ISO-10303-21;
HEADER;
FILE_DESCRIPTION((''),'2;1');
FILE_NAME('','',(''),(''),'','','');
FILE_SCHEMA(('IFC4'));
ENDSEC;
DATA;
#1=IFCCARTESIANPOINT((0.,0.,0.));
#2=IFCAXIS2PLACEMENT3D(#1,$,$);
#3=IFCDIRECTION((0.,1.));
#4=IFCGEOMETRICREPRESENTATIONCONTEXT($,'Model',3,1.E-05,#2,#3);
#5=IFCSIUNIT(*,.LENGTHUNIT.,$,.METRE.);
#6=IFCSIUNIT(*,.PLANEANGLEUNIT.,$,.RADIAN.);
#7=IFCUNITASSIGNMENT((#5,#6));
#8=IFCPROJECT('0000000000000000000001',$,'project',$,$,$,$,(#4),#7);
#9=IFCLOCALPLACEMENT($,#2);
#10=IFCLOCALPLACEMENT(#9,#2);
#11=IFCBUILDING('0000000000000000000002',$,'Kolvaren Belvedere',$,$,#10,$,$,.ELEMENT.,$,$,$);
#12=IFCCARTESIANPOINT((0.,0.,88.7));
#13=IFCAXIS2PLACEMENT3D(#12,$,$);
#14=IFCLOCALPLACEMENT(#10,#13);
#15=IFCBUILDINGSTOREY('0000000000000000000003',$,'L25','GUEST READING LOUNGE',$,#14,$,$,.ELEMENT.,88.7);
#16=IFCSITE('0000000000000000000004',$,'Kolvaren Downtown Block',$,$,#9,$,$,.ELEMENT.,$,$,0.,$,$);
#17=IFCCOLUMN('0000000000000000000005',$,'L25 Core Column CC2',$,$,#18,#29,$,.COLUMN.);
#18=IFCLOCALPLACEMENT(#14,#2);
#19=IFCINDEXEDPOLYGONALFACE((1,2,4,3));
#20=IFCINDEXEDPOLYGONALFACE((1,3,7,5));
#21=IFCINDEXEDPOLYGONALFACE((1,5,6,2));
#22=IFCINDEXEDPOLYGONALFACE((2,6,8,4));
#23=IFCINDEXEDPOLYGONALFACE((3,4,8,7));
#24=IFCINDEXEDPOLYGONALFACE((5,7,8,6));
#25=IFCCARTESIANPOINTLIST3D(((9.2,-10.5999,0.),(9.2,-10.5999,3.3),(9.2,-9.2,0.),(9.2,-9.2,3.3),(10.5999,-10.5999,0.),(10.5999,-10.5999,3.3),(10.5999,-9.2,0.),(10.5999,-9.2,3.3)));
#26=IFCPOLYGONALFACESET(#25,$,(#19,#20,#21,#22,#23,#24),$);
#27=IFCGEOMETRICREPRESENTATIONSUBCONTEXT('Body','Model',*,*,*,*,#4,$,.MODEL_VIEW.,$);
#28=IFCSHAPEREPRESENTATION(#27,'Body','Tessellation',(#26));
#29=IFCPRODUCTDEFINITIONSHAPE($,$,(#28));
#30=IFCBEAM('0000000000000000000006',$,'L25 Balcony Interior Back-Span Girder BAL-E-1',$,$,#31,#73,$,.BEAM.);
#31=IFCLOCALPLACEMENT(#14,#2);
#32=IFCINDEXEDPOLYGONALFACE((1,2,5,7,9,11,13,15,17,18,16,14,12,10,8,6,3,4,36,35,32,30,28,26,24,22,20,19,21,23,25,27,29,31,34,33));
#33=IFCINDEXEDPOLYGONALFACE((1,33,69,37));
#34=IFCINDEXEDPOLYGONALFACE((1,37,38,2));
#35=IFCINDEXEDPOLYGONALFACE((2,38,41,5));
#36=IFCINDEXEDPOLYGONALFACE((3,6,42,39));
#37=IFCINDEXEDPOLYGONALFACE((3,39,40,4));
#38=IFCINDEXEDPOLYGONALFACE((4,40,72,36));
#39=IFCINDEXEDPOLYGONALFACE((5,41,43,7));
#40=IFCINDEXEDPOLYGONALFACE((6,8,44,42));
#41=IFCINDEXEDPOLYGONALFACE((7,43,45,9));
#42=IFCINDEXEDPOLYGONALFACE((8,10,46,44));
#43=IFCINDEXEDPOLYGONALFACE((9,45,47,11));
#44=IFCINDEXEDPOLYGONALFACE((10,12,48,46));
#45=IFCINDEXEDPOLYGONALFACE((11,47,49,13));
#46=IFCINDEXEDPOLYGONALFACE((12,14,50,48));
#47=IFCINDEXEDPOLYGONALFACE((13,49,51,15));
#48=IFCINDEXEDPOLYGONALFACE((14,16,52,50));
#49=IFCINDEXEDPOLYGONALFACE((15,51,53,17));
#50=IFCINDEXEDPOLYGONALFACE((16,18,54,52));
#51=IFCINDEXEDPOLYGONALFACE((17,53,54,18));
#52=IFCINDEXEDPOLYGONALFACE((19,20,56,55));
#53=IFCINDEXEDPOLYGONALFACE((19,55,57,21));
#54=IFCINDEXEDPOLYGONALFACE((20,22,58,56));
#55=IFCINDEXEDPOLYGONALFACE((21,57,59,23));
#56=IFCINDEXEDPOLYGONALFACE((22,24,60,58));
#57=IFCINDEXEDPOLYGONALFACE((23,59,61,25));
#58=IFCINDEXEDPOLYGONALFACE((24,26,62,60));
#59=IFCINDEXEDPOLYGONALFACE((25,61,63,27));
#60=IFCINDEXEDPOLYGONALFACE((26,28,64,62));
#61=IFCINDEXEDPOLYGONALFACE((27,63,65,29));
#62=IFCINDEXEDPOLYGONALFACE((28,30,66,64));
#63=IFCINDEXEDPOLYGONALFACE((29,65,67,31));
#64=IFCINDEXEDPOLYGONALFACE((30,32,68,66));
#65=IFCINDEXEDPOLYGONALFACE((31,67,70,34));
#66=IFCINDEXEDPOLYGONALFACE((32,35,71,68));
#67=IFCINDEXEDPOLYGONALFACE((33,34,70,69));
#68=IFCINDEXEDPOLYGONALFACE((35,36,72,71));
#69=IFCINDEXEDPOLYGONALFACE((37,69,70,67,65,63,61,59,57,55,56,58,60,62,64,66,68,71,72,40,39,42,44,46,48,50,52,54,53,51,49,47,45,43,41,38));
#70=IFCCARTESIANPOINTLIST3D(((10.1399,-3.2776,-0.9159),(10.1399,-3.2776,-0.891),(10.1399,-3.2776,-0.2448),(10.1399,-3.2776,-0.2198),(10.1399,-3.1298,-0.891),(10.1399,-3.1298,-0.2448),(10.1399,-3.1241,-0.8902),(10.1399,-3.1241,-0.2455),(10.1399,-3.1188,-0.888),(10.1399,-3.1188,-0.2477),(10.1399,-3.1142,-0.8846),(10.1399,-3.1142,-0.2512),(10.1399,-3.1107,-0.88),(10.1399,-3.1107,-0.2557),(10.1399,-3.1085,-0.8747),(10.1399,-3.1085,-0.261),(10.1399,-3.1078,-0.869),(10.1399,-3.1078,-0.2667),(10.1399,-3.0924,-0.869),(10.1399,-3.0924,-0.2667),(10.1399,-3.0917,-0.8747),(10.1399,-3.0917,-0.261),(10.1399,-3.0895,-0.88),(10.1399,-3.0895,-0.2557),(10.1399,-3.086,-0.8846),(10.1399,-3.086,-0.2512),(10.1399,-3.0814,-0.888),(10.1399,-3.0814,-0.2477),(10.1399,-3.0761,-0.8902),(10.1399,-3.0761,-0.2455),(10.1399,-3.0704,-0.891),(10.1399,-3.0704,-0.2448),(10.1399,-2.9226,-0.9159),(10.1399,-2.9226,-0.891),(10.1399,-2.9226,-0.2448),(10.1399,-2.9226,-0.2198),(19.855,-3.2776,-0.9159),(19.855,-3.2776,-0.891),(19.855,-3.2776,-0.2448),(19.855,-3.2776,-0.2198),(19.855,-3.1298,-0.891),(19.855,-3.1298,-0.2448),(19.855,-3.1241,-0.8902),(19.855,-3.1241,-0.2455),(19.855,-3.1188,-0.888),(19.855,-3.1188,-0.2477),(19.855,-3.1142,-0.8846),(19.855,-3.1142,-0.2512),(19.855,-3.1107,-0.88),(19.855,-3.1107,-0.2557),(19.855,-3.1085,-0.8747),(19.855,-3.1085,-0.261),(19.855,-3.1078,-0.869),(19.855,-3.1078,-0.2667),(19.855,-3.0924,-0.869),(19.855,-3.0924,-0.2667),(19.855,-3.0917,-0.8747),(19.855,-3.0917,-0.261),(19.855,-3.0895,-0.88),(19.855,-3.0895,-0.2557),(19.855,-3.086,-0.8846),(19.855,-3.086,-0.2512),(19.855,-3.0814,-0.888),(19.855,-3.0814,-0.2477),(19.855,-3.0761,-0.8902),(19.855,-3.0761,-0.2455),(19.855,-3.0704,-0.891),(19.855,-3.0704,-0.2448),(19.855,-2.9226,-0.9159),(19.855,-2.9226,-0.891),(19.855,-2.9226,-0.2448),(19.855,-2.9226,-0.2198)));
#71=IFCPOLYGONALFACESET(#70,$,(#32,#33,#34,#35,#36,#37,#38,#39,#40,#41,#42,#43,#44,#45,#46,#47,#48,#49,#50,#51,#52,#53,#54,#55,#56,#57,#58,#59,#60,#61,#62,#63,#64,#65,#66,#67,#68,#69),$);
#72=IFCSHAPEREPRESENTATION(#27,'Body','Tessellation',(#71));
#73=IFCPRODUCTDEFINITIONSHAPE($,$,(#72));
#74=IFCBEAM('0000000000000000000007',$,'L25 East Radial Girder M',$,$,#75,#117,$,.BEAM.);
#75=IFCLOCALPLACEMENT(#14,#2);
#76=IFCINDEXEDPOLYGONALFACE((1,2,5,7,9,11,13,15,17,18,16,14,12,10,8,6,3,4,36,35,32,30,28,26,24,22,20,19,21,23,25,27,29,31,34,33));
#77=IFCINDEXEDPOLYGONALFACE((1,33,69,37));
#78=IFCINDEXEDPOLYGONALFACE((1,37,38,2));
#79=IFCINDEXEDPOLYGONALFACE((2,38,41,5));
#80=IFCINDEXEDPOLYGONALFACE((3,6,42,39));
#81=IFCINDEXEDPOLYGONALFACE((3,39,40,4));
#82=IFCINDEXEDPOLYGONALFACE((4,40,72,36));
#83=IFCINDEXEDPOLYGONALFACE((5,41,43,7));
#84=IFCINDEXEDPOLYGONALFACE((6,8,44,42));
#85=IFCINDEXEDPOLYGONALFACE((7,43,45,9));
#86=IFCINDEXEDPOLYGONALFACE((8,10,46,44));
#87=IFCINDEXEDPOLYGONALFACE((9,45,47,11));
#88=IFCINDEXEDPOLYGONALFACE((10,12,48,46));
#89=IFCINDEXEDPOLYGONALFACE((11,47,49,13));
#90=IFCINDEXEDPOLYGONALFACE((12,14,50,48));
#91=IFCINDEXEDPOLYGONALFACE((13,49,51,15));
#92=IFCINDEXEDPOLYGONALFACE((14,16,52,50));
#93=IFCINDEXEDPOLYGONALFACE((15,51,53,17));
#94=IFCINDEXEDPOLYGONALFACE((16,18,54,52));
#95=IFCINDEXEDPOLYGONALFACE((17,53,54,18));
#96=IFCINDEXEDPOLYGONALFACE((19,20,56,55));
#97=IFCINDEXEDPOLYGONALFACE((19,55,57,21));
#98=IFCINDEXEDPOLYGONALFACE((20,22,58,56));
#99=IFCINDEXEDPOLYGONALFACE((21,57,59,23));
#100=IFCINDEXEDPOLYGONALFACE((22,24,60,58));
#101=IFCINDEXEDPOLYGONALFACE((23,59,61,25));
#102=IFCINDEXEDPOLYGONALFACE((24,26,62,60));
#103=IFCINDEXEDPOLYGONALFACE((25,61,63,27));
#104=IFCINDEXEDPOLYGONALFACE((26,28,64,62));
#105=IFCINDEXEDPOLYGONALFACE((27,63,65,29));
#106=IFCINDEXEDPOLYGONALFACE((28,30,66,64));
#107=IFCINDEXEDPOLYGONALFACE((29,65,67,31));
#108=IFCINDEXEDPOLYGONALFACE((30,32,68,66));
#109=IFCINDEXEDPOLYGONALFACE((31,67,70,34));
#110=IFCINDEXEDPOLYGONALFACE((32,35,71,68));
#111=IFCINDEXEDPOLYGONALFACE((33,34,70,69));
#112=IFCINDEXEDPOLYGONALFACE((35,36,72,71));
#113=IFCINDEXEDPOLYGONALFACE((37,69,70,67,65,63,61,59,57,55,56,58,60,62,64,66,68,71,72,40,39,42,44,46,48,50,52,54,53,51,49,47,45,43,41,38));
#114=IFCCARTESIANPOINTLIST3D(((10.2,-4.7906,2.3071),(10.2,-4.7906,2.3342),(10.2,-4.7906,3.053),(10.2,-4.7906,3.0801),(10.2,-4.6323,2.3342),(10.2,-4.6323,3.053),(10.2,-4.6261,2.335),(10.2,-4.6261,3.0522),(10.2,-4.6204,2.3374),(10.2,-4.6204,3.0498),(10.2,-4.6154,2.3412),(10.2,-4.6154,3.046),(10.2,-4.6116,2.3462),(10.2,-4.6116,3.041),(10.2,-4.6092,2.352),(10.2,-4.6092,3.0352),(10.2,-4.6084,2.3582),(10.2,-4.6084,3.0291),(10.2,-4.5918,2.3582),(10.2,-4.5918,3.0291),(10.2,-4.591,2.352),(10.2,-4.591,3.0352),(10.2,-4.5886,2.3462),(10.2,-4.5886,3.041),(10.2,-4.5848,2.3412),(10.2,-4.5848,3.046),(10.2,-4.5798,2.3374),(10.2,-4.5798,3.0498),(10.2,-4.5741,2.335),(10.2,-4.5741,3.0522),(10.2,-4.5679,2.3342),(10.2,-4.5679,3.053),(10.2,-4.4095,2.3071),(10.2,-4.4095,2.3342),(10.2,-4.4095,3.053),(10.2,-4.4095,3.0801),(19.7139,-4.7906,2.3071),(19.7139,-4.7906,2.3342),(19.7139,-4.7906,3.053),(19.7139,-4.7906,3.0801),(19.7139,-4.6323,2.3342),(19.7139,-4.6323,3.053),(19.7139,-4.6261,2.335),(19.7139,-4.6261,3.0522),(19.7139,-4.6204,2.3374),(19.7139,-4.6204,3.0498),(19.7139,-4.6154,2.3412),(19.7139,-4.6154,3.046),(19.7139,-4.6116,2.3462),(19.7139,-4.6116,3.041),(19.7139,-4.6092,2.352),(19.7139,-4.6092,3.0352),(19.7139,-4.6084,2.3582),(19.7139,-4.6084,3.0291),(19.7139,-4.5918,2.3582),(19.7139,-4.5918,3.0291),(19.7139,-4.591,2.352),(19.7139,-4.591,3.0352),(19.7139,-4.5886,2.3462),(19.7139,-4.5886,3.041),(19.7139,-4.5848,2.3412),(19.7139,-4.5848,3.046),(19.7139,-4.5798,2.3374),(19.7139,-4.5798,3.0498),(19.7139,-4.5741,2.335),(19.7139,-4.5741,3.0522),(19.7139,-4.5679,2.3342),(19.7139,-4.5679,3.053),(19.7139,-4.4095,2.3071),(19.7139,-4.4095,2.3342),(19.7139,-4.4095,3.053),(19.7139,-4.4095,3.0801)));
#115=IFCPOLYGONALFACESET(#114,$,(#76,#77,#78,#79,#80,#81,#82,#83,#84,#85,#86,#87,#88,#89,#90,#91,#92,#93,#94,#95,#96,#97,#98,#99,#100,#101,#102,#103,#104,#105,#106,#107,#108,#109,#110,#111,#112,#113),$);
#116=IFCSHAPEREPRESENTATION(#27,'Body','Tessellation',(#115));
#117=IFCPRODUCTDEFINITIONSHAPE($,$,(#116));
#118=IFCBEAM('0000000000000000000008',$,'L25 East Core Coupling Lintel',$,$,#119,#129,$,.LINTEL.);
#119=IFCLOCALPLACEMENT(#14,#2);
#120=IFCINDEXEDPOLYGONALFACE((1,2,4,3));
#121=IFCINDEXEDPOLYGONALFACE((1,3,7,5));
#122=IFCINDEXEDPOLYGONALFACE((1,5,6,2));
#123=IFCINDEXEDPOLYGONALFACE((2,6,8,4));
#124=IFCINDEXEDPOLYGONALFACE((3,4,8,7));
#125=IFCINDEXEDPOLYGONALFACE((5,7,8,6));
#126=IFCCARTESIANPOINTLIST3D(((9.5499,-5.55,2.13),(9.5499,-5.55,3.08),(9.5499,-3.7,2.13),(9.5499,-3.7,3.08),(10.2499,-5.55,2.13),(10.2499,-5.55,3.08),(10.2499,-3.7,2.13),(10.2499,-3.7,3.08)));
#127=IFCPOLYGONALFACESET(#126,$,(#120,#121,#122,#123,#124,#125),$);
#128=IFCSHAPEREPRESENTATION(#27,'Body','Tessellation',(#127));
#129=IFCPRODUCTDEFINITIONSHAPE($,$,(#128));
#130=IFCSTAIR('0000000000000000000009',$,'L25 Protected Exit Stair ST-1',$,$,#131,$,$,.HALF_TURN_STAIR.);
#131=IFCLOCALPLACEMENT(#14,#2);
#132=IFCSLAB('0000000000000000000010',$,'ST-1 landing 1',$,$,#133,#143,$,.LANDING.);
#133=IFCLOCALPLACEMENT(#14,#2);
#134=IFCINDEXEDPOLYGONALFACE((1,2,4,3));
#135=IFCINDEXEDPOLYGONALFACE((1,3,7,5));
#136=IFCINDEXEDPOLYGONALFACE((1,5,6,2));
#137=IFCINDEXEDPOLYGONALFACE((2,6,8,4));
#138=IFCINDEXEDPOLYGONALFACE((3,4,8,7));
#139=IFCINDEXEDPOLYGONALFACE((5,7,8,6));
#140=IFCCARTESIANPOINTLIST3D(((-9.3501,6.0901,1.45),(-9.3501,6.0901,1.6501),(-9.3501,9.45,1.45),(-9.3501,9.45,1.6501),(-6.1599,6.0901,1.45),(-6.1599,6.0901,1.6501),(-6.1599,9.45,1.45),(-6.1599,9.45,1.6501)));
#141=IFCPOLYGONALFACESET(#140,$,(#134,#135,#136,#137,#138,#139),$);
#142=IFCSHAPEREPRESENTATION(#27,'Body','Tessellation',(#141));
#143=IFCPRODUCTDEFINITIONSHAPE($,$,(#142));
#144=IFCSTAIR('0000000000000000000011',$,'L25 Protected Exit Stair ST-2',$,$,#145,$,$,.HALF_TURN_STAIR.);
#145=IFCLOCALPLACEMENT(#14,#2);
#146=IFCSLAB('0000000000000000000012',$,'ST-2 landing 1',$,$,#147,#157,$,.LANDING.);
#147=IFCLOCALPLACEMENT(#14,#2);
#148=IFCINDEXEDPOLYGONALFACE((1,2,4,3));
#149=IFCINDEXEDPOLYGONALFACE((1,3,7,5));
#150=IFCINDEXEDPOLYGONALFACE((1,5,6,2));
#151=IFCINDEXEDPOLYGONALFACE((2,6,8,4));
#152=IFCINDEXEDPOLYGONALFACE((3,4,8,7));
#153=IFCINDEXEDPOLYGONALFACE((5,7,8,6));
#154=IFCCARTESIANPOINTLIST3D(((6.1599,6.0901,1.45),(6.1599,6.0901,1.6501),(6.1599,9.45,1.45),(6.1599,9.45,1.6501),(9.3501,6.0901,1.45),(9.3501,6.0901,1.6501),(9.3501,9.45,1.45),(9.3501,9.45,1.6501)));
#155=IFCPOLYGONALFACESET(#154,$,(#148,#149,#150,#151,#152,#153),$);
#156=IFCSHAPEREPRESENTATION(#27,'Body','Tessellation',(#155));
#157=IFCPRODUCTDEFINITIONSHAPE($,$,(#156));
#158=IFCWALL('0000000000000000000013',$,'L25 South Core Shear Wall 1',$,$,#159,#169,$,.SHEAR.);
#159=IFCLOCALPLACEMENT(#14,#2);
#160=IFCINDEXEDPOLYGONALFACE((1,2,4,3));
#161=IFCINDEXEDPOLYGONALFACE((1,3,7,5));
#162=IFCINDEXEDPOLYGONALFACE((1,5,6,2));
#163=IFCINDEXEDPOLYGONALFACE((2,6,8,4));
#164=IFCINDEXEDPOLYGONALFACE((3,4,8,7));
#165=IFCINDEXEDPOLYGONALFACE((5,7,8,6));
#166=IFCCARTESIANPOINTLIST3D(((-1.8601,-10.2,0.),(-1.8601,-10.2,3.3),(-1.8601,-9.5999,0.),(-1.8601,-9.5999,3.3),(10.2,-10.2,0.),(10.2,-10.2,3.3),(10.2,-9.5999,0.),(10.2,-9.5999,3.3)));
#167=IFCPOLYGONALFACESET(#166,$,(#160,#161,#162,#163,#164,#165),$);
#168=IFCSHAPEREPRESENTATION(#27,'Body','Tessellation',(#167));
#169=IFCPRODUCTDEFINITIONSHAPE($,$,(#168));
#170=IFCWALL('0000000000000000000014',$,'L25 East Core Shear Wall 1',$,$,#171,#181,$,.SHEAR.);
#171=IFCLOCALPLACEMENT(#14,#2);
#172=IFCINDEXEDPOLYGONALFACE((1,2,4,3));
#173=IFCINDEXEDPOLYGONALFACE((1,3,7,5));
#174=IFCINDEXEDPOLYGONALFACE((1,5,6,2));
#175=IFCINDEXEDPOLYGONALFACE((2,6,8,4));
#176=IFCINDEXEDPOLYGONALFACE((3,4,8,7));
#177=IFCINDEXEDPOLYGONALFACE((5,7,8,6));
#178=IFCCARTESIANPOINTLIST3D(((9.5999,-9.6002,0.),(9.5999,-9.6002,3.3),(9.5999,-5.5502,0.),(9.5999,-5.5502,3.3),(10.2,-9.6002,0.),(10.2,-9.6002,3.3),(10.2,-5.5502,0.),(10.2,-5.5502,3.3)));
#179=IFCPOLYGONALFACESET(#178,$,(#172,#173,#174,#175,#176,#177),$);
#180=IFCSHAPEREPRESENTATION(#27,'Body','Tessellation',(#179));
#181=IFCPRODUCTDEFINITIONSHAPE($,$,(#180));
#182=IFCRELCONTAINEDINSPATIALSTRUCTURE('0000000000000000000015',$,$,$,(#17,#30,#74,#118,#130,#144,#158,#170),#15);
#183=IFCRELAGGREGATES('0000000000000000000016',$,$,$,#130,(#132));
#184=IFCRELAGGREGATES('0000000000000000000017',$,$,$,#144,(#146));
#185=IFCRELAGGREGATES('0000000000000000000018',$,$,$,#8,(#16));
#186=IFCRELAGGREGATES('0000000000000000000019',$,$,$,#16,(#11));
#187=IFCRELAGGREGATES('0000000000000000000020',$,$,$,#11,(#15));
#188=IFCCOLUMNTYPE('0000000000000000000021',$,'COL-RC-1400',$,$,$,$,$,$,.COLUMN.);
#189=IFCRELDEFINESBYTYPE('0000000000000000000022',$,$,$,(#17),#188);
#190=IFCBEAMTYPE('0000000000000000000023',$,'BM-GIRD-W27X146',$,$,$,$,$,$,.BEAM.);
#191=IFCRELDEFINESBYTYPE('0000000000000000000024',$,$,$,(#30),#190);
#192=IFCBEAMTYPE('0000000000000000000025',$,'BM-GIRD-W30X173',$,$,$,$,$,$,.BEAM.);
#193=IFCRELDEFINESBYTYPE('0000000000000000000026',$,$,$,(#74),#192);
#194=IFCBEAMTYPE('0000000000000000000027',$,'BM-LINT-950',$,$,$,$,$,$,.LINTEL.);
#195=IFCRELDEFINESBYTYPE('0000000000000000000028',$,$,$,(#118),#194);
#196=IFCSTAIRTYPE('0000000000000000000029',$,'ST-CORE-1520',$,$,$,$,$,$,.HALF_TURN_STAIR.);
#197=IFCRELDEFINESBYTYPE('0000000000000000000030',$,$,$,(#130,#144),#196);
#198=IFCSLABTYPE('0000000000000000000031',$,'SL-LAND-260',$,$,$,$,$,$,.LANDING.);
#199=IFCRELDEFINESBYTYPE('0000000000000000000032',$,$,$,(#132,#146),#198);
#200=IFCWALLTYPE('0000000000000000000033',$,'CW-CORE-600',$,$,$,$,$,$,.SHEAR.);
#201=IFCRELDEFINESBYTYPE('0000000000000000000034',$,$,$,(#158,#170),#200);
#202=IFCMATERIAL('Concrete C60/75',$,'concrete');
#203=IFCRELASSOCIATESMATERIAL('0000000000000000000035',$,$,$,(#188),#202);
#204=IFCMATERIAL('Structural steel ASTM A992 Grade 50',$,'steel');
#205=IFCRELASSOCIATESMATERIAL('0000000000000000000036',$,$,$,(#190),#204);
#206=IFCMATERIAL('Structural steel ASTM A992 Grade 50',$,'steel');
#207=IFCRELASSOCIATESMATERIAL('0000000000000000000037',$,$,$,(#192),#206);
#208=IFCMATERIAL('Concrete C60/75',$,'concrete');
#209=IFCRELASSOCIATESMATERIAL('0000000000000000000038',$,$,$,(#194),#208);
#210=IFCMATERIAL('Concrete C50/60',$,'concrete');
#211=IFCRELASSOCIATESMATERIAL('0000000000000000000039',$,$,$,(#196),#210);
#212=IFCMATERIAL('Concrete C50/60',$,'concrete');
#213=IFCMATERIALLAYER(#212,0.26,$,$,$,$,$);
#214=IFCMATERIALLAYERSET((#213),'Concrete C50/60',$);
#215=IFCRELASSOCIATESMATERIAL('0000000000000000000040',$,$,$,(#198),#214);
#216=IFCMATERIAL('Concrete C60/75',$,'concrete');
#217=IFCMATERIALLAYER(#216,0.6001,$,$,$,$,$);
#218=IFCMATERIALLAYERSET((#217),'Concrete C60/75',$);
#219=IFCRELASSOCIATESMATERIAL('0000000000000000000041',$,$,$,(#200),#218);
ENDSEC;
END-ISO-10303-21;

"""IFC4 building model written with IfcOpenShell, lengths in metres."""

from ifc_helpers import new_model, si_unit, direction, frame, frame_2d, origin, origin_2d, place, context, subcontext, project, spatial, polyline, rectangle, i_section, outline, extrude, material, layer, layer_set, material_profile, profile_set, type_object, element, aggregate, save


model = new_model("IFC4")

# Units and contexts
model_context = context("Model", 3, precision=1e-05, world=origin(), true_north=direction((0.0, 1.0)))
body_context = subcontext(model_context, "Body", "Model", "MODEL_VIEW")
ifc_project = project(units=[si_unit("LENGTHUNIT", "METRE"), si_unit("PLANEANGLEUNIT", "RADIAN")], contexts=[model_context])

# Site, building, storey
site_placement = place(None, origin())
site = spatial("IfcSite", under=ifc_project, at=site_placement, Name="Kolvaren Downtown Block", CompositionType="ELEMENT", RefElevation=0.0)
building_placement = place(site_placement, origin())
building = spatial("IfcBuilding", under=site, at=building_placement, Name="Kolvaren Belvedere", CompositionType="ELEMENT")
storey_placement = place(building_placement, frame((0.0, 0.0, 88.7)))
storey = spatial("IfcBuildingStorey", under=building, at=storey_placement, Name="L25", Description="GUEST READING LOUNGE", CompositionType="ELEMENT", Elevation=88.7)

# Column
ifc_material_1 = material(Name="Concrete C60/75", Category="concrete")
ifc_material_profile_1 = material_profile(ifc_material_1, rectangle(XDim=1.3999, YDim=1.3999, at=origin_2d()), Name="RC 1400X1400")
ifc_profile_set_1 = profile_set([ifc_material_profile_1], Name="Concrete C60/75")
column_type = type_object("IfcColumnType", Name="COL-RC-1400", PredefinedType="COLUMN", material=ifc_profile_set_1)
column_placement = place(storey_placement, frame((9.8999, -9.8999, 0.0), z_axis=(0.0, 0.0, 1.0), x_axis=(1.0, 0.0, 0.0)))
element("IfcColumn", 1, at=column_placement, inside=storey, type_object=column_type, Name="L25 Core Column CC2", PredefinedType="COLUMN", context=body_context, shape_type="SweptSolid", body=[
    extrude(rectangle(XDim=1.3999, YDim=1.3999, at=origin_2d()), origin(), (0.0, 0.0, 1.0), 3.3),
])

# Beams
ifc_material_2 = material(Name="Structural steel ASTM A992 Grade 50", Category="steel")
ifc_material_profile_2 = material_profile(ifc_material_2, i_section(OverallWidth=0.355, OverallDepth=0.696, WebThickness=0.0154, FlangeThickness=0.0249, FilletRadius=0.022, at=origin_2d()), Name="W27X146")
ifc_profile_set_2 = profile_set([ifc_material_profile_2], Name="Structural steel ASTM A992 Grade 50")
beam_type_1 = type_object("IfcBeamType", Name="BM-GIRD-W27X146", PredefinedType="BEAM", material=ifc_profile_set_2)
beam_1_placement = place(storey_placement, frame((10.1399, -3.1001, -0.5679), z_axis=(1.0, 0.0, 0.0), x_axis=(0.0, 1.0, 0.0)))
element("IfcBeam", 2, at=beam_1_placement, inside=storey, type_object=beam_type_1, Name="L25 Balcony Interior Back-Span Girder BAL-E-1", PredefinedType="BEAM", context=body_context, shape_type="SweptSolid", body=[
    extrude(i_section(OverallWidth=0.355, OverallDepth=0.696, WebThickness=0.0154, FlangeThickness=0.0249, FilletRadius=0.022, at=origin_2d()), origin(), (0.0, 0.0, 1.0), 9.7151),
])
ifc_material_3 = material(Name="Structural steel ASTM A992 Grade 50", Category="steel")
ifc_material_profile_3 = material_profile(ifc_material_3, i_section(OverallWidth=0.3811, OverallDepth=0.7729, WebThickness=0.0166, FlangeThickness=0.0271, FilletRadius=0.0239, at=origin_2d()), Name="W30X173")
ifc_profile_set_3 = profile_set([ifc_material_profile_3], Name="Structural steel ASTM A992 Grade 50")
beam_type_2 = type_object("IfcBeamType", Name="BM-GIRD-W30X173", PredefinedType="BEAM", material=ifc_profile_set_3)
beam_2_placement = place(storey_placement, frame((10.2, -4.6001, 2.6936), z_axis=(1.0, 0.0, 0.0), x_axis=(0.0, 1.0, 0.0)))
element("IfcBeam", 3, at=beam_2_placement, inside=storey, type_object=beam_type_2, Name="L25 East Radial Girder M", PredefinedType="BEAM", context=body_context, shape_type="SweptSolid", body=[
    extrude(i_section(OverallWidth=0.3811, OverallDepth=0.7729, WebThickness=0.0166, FlangeThickness=0.0271, FilletRadius=0.0239, at=origin_2d()), origin(), (0.0, 0.0, 1.0), 9.5139),
])
ifc_material_4 = material(Name="Concrete C60/75", Category="concrete")
ifc_material_profile_4 = material_profile(ifc_material_4, rectangle(XDim=0.7, YDim=0.95, at=origin_2d()), Name="RC 700X950")
ifc_profile_set_4 = profile_set([ifc_material_profile_4], Name="Concrete C60/75")
beam_type_3 = type_object("IfcBeamType", Name="BM-LINT-950", PredefinedType="LINTEL", material=ifc_profile_set_4)
beam_3_placement = place(storey_placement, frame((9.8999, -5.55, 2.605), z_axis=(0.0, 1.0, 0.0), x_axis=(-1.0, 0.0, 0.0)))
element("IfcBeam", 4, at=beam_3_placement, inside=storey, type_object=beam_type_3, Name="L25 East Core Coupling Lintel", PredefinedType="LINTEL", context=body_context, shape_type="SweptSolid", body=[
    extrude(rectangle(XDim=0.7, YDim=0.95, at=origin_2d()), origin(), (0.0, 0.0, 1.0), 1.8501),
])

# Stairs, slabs
ifc_material_5 = material(Name="Concrete C50/60", Category="concrete")
stair_type = type_object("IfcStairType", Name="ST-CORE-1520", PredefinedType="HALF_TURN_STAIR", material=ifc_material_5)
stair_1_placement = place(storey_placement, origin())
stair_1 = element("IfcStair", 5, at=stair_1_placement, inside=storey, type_object=stair_type, Name="L25 Protected Exit Stair ST-1", PredefinedType="HALF_TURN_STAIR")
ifc_material_6 = material(Name="Concrete C50/60", Category="concrete")
ifc_layer_1 = layer(ifc_material_6, 0.26)
ifc_layer_set_1 = layer_set([ifc_layer_1], Name="Concrete C50/60")
slab_type = type_object("IfcSlabType", Name="SL-LAND-260", PredefinedType="LANDING", material=ifc_layer_set_1)
slab_1_placement = place(storey_placement, frame((0.0, 0.0, 1.45)))
slab_1 = element("IfcSlab", 6, at=slab_1_placement, type_object=slab_type, Name="ST-1 landing 1", PredefinedType="LANDING", context=body_context, shape_type="SweptSolid", body=[
    extrude(outline(polyline([(-6.1599, 6.0901), (-6.1599, 9.45), (-9.3501, 9.45), (-9.3501, 6.0901), (-6.1599, 6.0901)])), origin(), (0.0, 0.0, 1.0), 0.2002),
])
aggregate(stair_1, [slab_1])
stair_2_placement = place(storey_placement, origin())
stair_2 = element("IfcStair", 7, at=stair_2_placement, inside=storey, type_object=stair_type, Name="L25 Protected Exit Stair ST-2", PredefinedType="HALF_TURN_STAIR")
slab_2_placement = place(storey_placement, frame((0.0, 0.0, 1.45)))
slab_2 = element("IfcSlab", 8, at=slab_2_placement, type_object=slab_type, Name="ST-2 landing 1", PredefinedType="LANDING", context=body_context, shape_type="SweptSolid", body=[
    extrude(outline(polyline([(9.3501, 6.0901), (9.3501, 9.45), (6.1599, 9.45), (6.1599, 6.0901), (9.3501, 6.0901)])), origin(), (0.0, 0.0, 1.0), 0.2002),
])
aggregate(stair_2, [slab_2])

# Walls
ifc_material_7 = material(Name="Concrete C60/75", Category="concrete")
ifc_layer_2 = layer(ifc_material_7, 0.6001)
ifc_layer_set_2 = layer_set([ifc_layer_2], Name="Concrete C60/75")
wall_type_1 = type_object("IfcWallType", Name="CW-CORE-600", PredefinedType="SHEAR", material=ifc_layer_set_2)
wall_1_placement = place(storey_placement, frame((10.2, -9.8999, 0.0), z_axis=(0.0, 0.0, 1.0), x_axis=(-1.0, 0.0, 0.0)))
element("IfcWall", 9, at=wall_1_placement, inside=storey, type_object=wall_type_1, Name="L25 South Core Shear Wall 1", PredefinedType="SHEAR", context=body_context, shape_type="SweptSolid", body=[
    extrude(rectangle(XDim=12.0601, YDim=0.6001, at=frame_2d((6.03, 0.0))), origin(), (0.0, 0.0, 1.0), 3.3),
])
wall_2_placement = place(storey_placement, frame((9.8999, -9.6001, 0.0), z_axis=(0.0, 0.0, 1.0), x_axis=(0.0, 1.0, 0.0)))
element("IfcWall", 10, at=wall_2_placement, inside=storey, type_object=wall_type_1, Name="L25 East Core Shear Wall 1", PredefinedType="SHEAR", context=body_context, shape_type="SweptSolid", body=[
    extrude(rectangle(XDim=4.05, YDim=0.6001, at=frame_2d((2.0249, 0.0))), origin(), (0.0, 0.0, 1.0), 3.3),
])

save(model, "model.ifc")
